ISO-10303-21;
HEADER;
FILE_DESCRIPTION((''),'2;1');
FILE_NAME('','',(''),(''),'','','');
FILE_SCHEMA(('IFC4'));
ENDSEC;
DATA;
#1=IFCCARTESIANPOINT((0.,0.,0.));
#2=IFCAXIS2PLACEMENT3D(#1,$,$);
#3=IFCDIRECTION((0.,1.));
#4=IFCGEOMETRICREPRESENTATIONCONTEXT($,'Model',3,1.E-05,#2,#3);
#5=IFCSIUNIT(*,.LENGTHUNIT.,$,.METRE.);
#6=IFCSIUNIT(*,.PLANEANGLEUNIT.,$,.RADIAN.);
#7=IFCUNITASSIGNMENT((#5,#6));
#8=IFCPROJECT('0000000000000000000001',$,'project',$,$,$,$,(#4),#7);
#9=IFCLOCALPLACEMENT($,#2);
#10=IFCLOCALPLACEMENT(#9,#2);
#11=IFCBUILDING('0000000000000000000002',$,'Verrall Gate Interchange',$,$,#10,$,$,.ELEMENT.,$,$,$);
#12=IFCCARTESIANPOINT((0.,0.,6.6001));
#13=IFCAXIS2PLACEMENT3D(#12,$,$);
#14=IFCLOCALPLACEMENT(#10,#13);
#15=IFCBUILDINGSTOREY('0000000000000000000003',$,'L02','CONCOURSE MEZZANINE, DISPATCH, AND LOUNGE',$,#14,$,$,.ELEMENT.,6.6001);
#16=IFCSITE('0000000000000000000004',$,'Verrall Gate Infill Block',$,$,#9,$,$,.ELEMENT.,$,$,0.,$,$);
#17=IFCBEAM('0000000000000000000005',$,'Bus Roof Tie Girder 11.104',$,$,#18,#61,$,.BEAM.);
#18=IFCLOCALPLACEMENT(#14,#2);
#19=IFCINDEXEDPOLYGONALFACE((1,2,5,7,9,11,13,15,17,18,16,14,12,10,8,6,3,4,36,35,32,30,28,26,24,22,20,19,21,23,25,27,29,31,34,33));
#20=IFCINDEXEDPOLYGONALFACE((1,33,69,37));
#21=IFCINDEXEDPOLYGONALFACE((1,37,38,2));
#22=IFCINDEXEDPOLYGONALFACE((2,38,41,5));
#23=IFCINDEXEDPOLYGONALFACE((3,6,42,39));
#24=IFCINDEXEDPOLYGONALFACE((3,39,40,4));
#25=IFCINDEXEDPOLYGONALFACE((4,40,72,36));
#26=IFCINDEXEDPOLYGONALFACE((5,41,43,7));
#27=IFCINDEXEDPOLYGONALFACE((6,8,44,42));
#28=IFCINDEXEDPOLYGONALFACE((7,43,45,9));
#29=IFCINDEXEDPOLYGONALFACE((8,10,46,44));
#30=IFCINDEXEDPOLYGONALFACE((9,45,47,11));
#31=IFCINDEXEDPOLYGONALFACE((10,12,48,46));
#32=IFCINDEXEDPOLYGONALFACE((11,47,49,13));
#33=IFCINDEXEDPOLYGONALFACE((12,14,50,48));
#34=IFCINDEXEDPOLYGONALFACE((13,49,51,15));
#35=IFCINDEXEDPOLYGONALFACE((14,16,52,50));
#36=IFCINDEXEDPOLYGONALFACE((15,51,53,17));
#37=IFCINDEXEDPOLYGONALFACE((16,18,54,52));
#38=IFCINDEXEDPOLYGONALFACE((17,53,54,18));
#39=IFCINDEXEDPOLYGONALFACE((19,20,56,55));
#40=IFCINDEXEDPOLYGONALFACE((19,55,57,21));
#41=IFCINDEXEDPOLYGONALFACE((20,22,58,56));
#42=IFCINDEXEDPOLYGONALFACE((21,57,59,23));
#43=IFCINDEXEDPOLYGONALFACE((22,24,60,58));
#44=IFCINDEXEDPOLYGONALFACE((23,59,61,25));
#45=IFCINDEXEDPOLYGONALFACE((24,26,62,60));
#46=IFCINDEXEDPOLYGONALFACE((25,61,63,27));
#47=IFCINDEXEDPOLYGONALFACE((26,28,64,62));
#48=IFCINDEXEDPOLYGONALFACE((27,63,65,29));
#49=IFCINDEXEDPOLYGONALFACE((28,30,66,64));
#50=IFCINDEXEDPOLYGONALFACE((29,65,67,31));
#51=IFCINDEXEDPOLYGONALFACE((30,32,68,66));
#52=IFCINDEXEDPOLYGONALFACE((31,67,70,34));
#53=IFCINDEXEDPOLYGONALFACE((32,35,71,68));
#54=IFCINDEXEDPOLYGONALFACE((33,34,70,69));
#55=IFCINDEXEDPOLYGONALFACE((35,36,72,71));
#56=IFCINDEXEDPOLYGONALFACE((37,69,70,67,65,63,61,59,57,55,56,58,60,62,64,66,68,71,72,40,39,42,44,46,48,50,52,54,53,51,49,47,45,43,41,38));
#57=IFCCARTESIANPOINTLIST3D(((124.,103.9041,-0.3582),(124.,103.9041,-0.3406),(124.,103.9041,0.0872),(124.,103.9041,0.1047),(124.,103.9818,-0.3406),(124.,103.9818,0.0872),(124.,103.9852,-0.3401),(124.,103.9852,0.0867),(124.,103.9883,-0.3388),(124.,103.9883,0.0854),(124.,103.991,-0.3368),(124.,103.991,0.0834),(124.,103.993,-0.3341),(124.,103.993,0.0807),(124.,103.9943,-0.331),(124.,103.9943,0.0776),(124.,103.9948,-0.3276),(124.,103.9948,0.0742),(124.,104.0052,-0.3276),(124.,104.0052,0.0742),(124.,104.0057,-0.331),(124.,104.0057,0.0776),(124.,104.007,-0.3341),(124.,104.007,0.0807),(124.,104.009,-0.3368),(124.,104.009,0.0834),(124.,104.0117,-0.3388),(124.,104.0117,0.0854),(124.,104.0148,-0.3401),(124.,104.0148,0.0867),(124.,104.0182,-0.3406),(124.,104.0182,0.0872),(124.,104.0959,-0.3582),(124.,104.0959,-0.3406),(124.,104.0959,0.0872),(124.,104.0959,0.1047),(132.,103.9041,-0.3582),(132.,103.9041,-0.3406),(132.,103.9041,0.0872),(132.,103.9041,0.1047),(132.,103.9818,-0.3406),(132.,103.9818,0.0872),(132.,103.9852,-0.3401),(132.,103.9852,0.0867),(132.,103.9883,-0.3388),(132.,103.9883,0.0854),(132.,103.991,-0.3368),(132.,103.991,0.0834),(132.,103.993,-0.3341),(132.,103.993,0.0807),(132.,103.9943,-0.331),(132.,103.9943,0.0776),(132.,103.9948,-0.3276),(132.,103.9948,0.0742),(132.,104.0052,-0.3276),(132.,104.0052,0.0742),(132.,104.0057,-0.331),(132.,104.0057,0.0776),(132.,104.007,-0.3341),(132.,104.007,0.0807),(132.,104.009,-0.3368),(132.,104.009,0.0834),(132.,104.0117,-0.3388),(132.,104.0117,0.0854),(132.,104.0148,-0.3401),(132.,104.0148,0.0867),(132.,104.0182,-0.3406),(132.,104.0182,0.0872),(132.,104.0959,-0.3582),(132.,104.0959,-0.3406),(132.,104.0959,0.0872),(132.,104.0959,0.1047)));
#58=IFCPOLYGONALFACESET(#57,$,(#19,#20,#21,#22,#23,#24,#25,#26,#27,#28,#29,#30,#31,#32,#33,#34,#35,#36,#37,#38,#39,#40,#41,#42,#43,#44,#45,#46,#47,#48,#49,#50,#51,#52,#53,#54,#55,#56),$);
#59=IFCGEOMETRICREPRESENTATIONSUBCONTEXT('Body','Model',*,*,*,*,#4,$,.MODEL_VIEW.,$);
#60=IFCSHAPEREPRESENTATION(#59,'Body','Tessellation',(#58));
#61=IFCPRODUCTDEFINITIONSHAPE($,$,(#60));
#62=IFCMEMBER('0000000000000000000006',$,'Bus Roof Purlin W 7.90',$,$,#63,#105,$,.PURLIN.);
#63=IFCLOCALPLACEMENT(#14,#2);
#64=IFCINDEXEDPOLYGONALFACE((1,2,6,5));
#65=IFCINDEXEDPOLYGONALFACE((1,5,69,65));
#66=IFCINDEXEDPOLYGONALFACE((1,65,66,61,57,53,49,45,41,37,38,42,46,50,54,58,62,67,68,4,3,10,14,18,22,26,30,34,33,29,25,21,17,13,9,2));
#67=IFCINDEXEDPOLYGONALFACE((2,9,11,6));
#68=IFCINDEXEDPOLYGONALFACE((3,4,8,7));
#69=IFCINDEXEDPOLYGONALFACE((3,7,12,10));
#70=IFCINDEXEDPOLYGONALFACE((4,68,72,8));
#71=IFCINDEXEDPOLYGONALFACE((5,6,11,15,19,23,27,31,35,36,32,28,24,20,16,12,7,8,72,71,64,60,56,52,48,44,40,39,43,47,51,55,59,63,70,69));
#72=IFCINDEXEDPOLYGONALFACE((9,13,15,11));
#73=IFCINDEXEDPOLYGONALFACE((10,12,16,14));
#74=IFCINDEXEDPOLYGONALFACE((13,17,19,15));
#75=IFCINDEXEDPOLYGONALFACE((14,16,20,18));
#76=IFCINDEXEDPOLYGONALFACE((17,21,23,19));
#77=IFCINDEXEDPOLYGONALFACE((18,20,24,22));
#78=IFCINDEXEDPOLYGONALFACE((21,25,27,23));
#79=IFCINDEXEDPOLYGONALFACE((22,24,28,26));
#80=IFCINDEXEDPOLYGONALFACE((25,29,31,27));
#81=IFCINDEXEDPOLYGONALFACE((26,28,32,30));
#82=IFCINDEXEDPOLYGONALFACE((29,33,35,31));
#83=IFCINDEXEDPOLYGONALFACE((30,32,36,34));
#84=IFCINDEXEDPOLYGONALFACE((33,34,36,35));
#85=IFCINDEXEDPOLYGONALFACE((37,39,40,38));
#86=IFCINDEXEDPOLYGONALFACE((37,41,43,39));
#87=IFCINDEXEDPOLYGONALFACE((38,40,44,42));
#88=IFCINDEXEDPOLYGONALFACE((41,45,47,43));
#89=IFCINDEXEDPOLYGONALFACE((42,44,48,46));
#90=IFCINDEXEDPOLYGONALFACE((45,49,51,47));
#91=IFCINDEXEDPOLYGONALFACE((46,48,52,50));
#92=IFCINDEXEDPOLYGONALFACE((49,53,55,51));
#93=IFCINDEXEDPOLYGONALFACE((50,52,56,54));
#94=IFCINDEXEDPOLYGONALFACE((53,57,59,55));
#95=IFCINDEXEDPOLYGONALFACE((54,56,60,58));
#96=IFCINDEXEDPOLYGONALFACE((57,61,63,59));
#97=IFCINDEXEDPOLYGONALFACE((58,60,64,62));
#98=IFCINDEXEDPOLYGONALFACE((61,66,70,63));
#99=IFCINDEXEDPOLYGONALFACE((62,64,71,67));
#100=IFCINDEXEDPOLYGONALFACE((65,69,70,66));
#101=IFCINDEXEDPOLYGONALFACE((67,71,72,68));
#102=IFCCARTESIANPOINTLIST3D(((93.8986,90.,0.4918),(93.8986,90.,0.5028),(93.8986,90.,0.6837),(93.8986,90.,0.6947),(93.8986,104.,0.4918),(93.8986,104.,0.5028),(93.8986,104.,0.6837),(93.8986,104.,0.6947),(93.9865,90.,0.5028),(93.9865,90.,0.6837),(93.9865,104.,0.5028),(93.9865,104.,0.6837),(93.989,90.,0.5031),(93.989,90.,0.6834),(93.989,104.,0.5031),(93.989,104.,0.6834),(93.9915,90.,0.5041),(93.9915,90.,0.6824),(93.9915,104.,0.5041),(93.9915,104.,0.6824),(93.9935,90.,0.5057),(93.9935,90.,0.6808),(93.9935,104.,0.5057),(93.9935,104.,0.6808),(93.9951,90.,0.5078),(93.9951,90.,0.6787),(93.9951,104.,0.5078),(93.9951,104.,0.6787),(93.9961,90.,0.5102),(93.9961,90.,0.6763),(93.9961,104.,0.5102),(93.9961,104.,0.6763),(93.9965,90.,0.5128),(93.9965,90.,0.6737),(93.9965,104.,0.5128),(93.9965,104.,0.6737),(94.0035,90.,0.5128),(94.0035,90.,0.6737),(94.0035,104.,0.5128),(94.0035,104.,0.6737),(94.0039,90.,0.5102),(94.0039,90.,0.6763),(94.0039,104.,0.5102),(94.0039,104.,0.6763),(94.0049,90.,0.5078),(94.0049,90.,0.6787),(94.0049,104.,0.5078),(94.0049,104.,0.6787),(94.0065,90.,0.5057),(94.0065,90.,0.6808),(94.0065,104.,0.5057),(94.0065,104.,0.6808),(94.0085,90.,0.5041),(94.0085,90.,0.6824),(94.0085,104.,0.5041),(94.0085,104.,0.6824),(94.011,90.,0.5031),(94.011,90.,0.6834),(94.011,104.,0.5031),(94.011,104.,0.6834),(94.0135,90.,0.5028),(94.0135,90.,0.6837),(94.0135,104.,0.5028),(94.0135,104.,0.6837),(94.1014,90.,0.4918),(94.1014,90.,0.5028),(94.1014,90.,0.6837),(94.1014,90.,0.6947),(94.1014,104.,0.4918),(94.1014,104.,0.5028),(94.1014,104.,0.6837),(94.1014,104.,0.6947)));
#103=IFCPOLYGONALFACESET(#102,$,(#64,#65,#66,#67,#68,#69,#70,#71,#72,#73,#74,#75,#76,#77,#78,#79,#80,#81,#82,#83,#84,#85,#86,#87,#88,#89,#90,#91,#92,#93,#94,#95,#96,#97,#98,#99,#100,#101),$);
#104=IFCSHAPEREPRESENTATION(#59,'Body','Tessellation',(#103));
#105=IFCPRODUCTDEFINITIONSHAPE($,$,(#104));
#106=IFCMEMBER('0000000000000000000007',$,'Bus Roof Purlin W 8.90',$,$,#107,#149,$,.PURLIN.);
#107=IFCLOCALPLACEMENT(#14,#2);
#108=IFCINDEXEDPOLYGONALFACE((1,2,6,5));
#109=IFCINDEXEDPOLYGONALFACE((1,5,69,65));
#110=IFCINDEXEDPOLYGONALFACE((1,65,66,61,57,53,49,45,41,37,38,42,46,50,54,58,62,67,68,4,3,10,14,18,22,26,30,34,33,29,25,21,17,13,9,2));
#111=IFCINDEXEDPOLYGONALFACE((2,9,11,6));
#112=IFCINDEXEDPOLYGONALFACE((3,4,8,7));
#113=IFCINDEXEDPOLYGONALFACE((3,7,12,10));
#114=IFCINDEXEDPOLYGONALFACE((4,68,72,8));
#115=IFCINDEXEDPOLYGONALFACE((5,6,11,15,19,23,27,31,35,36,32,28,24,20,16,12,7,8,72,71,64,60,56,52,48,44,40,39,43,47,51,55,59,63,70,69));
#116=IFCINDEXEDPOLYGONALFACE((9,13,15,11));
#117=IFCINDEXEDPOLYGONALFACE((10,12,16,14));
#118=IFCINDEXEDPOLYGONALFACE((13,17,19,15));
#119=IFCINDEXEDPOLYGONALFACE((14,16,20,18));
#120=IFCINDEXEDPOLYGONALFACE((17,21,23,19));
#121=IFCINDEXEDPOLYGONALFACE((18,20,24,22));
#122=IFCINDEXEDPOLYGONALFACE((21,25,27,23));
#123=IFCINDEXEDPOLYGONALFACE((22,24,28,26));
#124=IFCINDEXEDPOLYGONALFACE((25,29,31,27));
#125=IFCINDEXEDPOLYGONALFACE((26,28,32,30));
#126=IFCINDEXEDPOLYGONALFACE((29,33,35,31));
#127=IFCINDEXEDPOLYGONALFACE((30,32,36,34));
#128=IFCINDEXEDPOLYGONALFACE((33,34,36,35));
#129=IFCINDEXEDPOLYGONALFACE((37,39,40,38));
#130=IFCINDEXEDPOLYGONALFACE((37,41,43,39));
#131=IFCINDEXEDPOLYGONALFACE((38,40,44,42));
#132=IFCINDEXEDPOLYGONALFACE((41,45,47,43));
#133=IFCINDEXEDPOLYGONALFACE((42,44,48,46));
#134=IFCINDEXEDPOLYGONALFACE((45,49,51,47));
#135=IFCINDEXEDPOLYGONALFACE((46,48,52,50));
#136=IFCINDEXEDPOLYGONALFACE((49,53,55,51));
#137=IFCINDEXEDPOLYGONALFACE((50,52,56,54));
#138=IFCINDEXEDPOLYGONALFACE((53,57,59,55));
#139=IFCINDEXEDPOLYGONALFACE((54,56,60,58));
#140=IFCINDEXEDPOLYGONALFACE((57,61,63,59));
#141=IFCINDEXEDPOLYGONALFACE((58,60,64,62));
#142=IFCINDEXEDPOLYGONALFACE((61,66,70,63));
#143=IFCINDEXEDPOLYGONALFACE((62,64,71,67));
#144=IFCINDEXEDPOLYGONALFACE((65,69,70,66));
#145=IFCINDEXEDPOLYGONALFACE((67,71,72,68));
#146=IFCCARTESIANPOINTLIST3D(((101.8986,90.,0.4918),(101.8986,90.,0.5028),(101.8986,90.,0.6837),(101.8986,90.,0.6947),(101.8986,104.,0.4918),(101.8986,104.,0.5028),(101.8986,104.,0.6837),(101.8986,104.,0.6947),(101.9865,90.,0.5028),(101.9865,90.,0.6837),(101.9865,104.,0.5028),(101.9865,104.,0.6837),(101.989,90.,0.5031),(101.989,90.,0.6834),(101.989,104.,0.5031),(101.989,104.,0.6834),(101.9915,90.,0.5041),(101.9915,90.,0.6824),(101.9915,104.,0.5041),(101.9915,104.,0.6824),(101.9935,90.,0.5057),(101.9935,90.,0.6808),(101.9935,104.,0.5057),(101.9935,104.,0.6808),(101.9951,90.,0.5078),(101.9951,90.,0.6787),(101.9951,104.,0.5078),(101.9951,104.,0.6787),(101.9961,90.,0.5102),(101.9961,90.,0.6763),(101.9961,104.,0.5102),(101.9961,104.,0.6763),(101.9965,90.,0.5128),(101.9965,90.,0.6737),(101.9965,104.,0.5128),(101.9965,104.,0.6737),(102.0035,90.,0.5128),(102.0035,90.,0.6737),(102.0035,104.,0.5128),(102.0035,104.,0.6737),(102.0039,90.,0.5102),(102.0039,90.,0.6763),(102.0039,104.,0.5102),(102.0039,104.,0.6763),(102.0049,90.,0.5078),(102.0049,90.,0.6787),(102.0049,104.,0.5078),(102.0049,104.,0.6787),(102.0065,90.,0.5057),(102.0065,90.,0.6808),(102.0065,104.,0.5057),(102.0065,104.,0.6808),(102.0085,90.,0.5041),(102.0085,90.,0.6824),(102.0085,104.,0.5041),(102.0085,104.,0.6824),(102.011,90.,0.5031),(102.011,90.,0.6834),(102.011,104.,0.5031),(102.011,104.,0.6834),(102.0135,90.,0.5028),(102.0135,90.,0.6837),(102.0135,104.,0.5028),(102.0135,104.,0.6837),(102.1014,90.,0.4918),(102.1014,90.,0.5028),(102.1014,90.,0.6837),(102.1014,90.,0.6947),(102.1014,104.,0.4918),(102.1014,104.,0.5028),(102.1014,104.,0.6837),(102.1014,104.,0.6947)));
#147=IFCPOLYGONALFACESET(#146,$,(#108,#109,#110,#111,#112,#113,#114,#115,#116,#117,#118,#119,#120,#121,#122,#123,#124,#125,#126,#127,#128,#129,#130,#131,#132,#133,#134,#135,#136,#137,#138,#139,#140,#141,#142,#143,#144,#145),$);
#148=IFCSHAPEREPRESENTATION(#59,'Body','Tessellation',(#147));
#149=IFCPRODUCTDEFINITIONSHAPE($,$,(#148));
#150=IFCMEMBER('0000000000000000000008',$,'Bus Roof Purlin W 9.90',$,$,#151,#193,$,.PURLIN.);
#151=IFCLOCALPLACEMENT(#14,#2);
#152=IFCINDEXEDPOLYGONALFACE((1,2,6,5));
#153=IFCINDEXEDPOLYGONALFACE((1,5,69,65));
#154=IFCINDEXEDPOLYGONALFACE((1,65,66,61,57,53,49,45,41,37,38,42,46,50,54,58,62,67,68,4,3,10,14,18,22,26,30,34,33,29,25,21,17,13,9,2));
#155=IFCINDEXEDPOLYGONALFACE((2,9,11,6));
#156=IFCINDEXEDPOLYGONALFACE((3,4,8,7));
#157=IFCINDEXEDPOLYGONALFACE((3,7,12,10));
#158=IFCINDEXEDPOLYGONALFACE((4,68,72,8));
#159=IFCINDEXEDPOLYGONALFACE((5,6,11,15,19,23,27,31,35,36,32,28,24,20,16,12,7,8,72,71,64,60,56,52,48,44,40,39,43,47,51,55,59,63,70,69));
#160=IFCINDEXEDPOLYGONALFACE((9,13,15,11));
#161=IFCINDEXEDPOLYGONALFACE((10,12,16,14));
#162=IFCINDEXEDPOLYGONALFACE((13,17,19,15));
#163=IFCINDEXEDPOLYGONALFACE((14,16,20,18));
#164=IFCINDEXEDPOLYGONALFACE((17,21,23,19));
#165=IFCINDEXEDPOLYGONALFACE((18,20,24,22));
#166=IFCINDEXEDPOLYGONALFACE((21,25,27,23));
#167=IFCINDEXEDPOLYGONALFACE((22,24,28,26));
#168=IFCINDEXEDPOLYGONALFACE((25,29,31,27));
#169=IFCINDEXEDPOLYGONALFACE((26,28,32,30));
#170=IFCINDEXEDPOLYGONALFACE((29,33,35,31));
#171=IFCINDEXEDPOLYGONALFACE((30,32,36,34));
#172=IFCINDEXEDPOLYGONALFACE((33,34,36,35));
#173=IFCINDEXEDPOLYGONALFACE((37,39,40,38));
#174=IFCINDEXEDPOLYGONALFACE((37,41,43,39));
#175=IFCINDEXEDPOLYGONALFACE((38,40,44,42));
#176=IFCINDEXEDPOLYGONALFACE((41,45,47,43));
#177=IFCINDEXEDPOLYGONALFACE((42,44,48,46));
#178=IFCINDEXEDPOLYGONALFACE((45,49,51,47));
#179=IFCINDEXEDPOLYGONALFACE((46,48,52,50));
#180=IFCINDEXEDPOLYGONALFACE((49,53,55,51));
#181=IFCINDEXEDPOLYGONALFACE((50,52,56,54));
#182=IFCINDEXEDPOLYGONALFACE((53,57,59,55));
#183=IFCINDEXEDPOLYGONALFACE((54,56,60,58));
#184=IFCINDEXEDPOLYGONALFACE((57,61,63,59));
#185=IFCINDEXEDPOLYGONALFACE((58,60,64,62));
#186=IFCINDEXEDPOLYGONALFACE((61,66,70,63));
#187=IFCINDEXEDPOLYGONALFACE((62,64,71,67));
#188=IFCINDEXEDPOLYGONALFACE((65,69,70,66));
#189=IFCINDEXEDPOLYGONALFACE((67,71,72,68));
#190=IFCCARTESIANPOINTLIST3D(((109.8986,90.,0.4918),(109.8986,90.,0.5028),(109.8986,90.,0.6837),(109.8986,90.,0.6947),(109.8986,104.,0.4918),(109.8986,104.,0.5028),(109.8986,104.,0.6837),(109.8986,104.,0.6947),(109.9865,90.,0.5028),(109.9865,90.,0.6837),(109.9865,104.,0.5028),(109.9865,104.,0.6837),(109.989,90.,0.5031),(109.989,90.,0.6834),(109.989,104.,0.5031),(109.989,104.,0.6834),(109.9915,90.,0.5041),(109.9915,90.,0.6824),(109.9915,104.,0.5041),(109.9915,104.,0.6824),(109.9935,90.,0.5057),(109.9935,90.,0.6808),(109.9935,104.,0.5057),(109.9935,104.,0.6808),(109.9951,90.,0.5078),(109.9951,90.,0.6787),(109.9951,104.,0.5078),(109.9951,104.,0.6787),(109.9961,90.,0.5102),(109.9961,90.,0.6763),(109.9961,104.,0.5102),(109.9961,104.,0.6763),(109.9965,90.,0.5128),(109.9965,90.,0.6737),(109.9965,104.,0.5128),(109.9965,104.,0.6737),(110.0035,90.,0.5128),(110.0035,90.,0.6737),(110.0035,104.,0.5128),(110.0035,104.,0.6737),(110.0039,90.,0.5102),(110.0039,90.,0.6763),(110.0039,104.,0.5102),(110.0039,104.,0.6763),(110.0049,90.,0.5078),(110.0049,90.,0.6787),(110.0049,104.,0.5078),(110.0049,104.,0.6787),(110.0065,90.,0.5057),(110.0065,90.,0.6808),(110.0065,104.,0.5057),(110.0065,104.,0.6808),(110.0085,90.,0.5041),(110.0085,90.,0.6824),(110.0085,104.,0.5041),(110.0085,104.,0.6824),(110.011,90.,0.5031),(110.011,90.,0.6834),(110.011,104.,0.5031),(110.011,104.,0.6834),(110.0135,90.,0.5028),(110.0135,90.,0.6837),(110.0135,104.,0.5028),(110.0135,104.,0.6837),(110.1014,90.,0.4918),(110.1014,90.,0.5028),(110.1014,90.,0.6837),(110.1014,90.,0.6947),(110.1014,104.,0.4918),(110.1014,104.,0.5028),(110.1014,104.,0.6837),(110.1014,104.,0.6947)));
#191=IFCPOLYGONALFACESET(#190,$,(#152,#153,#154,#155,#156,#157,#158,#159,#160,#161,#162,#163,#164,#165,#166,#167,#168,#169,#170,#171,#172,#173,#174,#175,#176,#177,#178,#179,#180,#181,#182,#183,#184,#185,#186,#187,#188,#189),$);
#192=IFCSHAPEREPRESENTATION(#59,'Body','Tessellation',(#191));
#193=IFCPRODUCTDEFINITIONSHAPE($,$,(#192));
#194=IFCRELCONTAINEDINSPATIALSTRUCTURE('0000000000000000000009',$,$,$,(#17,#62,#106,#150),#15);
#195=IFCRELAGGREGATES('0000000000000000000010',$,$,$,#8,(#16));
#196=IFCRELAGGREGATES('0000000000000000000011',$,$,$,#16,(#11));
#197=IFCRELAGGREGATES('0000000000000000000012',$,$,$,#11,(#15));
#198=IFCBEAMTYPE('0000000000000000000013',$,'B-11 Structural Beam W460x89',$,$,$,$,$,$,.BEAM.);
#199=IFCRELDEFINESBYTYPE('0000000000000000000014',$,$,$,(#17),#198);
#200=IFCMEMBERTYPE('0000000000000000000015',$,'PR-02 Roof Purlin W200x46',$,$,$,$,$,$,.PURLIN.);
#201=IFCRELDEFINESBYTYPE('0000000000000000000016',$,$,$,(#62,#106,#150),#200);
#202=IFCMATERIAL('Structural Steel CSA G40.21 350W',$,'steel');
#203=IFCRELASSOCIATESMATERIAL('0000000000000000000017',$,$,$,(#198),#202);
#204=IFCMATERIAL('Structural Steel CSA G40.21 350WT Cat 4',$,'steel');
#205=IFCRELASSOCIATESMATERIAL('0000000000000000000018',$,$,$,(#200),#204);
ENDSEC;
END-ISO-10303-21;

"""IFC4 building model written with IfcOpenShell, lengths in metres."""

from ifc_helpers import new_model, si_unit, direction, frame, origin, origin_2d, place, context, subcontext, project, spatial, i_section, extrude, material, material_profile, profile_set, type_object, element, save


model = new_model("IFC4")

# Units and contexts
model_context = context("Model", 3, precision=1e-05, world=origin(), true_north=direction((0.0, 1.0)))
body_context = subcontext(model_context, "Body", "Model", "MODEL_VIEW")
ifc_project = project(units=[si_unit("LENGTHUNIT", "METRE"), si_unit("PLANEANGLEUNIT", "RADIAN")], contexts=[model_context])

# Site, building, storey
site_placement = place(None, origin())
site = spatial("IfcSite", under=ifc_project, at=site_placement, Name="Verrall Gate Infill Block", CompositionType="ELEMENT", RefElevation=0.0)
building_placement = place(site_placement, origin())
building = spatial("IfcBuilding", under=site, at=building_placement, Name="Verrall Gate Interchange", CompositionType="ELEMENT")
storey_placement = place(building_placement, frame((0.0, 0.0, 6.6001)))
storey = spatial("IfcBuildingStorey", under=building, at=storey_placement, Name="L02", Description="CONCOURSE MEZZANINE, DISPATCH, AND LOUNGE", CompositionType="ELEMENT", Elevation=6.6001)

# Beam
ifc_material_1 = material(Name="Structural Steel CSA G40.21 350W", Category="steel")
ifc_material_profile_1 = material_profile(ifc_material_1, i_section(OverallWidth=0.1919, OverallDepth=0.4629, WebThickness=0.0105, FlangeThickness=0.0176, FilletRadius=0.0129, at=origin_2d()), Name="W460x89")
ifc_profile_set_1 = profile_set([ifc_material_profile_1], Name="Structural Steel CSA G40.21 350W")
beam_type = type_object("IfcBeamType", Name="B-11 Structural Beam W460x89", PredefinedType="BEAM", material=ifc_profile_set_1)
for number, where, z_axis, x_axis, name in (
    (1, (124.0, 104.0, -0.1267), (1.0, 0.0, 0.0), (0.0, 1.0, 0.0), "Bus Roof Tie Girder 11.104"),
):
    element("IfcBeam", number, at=place(storey_placement, frame(where, z_axis=z_axis, x_axis=x_axis)), inside=storey, type_object=beam_type, Name=name, PredefinedType="BEAM", context=body_context, shape_type="SweptSolid", body=[
        extrude(i_section(OverallWidth=0.1919, OverallDepth=0.4629, WebThickness=0.0105, FlangeThickness=0.0176, FilletRadius=0.0129, at=origin_2d()), origin(), (0.0, 0.0, 1.0), 8.0),
    ])

# Members
ifc_material_2 = material(Name="Structural Steel CSA G40.21 350WT Cat 4", Category="steel")
ifc_material_profile_2 = material_profile(ifc_material_2, i_section(OverallWidth=0.2029, OverallDepth=0.2029, WebThickness=0.0071, FlangeThickness=0.011, FilletRadius=0.01, at=origin_2d()), Name="W200x46")
ifc_profile_set_2 = profile_set([ifc_material_profile_2], Name="Structural Steel CSA G40.21 350WT Cat 4")
member_type_1 = type_object("IfcMemberType", Name="PR-02 Roof Purlin W200x46", PredefinedType="PURLIN", material=ifc_profile_set_2)
for number, where, z_axis, x_axis, name in (
    (2, (94.0, 90.0, 0.5933), (0.0, 1.0, 0.0), (-1.0, 0.0, 0.0), "Bus Roof Purlin W 7.90"),
    (3, (102.0, 90.0, 0.5933), (0.0, 1.0, 0.0), (-1.0, 0.0, 0.0), "Bus Roof Purlin W 8.90"),
    (4, (110.0, 90.0, 0.5933), (0.0, 1.0, 0.0), (-1.0, 0.0, 0.0), "Bus Roof Purlin W 9.90"),
):
    element("IfcMember", number, at=place(storey_placement, frame(where, z_axis=z_axis, x_axis=x_axis)), inside=storey, type_object=member_type_1, Name=name, PredefinedType="PURLIN", context=body_context, shape_type="SweptSolid", body=[
        extrude(i_section(OverallWidth=0.2029, OverallDepth=0.2029, WebThickness=0.0071, FlangeThickness=0.011, FilletRadius=0.01, at=origin_2d()), origin(), (0.0, 0.0, 1.0), 14.0),
    ])

save(model, "model.ifc")
